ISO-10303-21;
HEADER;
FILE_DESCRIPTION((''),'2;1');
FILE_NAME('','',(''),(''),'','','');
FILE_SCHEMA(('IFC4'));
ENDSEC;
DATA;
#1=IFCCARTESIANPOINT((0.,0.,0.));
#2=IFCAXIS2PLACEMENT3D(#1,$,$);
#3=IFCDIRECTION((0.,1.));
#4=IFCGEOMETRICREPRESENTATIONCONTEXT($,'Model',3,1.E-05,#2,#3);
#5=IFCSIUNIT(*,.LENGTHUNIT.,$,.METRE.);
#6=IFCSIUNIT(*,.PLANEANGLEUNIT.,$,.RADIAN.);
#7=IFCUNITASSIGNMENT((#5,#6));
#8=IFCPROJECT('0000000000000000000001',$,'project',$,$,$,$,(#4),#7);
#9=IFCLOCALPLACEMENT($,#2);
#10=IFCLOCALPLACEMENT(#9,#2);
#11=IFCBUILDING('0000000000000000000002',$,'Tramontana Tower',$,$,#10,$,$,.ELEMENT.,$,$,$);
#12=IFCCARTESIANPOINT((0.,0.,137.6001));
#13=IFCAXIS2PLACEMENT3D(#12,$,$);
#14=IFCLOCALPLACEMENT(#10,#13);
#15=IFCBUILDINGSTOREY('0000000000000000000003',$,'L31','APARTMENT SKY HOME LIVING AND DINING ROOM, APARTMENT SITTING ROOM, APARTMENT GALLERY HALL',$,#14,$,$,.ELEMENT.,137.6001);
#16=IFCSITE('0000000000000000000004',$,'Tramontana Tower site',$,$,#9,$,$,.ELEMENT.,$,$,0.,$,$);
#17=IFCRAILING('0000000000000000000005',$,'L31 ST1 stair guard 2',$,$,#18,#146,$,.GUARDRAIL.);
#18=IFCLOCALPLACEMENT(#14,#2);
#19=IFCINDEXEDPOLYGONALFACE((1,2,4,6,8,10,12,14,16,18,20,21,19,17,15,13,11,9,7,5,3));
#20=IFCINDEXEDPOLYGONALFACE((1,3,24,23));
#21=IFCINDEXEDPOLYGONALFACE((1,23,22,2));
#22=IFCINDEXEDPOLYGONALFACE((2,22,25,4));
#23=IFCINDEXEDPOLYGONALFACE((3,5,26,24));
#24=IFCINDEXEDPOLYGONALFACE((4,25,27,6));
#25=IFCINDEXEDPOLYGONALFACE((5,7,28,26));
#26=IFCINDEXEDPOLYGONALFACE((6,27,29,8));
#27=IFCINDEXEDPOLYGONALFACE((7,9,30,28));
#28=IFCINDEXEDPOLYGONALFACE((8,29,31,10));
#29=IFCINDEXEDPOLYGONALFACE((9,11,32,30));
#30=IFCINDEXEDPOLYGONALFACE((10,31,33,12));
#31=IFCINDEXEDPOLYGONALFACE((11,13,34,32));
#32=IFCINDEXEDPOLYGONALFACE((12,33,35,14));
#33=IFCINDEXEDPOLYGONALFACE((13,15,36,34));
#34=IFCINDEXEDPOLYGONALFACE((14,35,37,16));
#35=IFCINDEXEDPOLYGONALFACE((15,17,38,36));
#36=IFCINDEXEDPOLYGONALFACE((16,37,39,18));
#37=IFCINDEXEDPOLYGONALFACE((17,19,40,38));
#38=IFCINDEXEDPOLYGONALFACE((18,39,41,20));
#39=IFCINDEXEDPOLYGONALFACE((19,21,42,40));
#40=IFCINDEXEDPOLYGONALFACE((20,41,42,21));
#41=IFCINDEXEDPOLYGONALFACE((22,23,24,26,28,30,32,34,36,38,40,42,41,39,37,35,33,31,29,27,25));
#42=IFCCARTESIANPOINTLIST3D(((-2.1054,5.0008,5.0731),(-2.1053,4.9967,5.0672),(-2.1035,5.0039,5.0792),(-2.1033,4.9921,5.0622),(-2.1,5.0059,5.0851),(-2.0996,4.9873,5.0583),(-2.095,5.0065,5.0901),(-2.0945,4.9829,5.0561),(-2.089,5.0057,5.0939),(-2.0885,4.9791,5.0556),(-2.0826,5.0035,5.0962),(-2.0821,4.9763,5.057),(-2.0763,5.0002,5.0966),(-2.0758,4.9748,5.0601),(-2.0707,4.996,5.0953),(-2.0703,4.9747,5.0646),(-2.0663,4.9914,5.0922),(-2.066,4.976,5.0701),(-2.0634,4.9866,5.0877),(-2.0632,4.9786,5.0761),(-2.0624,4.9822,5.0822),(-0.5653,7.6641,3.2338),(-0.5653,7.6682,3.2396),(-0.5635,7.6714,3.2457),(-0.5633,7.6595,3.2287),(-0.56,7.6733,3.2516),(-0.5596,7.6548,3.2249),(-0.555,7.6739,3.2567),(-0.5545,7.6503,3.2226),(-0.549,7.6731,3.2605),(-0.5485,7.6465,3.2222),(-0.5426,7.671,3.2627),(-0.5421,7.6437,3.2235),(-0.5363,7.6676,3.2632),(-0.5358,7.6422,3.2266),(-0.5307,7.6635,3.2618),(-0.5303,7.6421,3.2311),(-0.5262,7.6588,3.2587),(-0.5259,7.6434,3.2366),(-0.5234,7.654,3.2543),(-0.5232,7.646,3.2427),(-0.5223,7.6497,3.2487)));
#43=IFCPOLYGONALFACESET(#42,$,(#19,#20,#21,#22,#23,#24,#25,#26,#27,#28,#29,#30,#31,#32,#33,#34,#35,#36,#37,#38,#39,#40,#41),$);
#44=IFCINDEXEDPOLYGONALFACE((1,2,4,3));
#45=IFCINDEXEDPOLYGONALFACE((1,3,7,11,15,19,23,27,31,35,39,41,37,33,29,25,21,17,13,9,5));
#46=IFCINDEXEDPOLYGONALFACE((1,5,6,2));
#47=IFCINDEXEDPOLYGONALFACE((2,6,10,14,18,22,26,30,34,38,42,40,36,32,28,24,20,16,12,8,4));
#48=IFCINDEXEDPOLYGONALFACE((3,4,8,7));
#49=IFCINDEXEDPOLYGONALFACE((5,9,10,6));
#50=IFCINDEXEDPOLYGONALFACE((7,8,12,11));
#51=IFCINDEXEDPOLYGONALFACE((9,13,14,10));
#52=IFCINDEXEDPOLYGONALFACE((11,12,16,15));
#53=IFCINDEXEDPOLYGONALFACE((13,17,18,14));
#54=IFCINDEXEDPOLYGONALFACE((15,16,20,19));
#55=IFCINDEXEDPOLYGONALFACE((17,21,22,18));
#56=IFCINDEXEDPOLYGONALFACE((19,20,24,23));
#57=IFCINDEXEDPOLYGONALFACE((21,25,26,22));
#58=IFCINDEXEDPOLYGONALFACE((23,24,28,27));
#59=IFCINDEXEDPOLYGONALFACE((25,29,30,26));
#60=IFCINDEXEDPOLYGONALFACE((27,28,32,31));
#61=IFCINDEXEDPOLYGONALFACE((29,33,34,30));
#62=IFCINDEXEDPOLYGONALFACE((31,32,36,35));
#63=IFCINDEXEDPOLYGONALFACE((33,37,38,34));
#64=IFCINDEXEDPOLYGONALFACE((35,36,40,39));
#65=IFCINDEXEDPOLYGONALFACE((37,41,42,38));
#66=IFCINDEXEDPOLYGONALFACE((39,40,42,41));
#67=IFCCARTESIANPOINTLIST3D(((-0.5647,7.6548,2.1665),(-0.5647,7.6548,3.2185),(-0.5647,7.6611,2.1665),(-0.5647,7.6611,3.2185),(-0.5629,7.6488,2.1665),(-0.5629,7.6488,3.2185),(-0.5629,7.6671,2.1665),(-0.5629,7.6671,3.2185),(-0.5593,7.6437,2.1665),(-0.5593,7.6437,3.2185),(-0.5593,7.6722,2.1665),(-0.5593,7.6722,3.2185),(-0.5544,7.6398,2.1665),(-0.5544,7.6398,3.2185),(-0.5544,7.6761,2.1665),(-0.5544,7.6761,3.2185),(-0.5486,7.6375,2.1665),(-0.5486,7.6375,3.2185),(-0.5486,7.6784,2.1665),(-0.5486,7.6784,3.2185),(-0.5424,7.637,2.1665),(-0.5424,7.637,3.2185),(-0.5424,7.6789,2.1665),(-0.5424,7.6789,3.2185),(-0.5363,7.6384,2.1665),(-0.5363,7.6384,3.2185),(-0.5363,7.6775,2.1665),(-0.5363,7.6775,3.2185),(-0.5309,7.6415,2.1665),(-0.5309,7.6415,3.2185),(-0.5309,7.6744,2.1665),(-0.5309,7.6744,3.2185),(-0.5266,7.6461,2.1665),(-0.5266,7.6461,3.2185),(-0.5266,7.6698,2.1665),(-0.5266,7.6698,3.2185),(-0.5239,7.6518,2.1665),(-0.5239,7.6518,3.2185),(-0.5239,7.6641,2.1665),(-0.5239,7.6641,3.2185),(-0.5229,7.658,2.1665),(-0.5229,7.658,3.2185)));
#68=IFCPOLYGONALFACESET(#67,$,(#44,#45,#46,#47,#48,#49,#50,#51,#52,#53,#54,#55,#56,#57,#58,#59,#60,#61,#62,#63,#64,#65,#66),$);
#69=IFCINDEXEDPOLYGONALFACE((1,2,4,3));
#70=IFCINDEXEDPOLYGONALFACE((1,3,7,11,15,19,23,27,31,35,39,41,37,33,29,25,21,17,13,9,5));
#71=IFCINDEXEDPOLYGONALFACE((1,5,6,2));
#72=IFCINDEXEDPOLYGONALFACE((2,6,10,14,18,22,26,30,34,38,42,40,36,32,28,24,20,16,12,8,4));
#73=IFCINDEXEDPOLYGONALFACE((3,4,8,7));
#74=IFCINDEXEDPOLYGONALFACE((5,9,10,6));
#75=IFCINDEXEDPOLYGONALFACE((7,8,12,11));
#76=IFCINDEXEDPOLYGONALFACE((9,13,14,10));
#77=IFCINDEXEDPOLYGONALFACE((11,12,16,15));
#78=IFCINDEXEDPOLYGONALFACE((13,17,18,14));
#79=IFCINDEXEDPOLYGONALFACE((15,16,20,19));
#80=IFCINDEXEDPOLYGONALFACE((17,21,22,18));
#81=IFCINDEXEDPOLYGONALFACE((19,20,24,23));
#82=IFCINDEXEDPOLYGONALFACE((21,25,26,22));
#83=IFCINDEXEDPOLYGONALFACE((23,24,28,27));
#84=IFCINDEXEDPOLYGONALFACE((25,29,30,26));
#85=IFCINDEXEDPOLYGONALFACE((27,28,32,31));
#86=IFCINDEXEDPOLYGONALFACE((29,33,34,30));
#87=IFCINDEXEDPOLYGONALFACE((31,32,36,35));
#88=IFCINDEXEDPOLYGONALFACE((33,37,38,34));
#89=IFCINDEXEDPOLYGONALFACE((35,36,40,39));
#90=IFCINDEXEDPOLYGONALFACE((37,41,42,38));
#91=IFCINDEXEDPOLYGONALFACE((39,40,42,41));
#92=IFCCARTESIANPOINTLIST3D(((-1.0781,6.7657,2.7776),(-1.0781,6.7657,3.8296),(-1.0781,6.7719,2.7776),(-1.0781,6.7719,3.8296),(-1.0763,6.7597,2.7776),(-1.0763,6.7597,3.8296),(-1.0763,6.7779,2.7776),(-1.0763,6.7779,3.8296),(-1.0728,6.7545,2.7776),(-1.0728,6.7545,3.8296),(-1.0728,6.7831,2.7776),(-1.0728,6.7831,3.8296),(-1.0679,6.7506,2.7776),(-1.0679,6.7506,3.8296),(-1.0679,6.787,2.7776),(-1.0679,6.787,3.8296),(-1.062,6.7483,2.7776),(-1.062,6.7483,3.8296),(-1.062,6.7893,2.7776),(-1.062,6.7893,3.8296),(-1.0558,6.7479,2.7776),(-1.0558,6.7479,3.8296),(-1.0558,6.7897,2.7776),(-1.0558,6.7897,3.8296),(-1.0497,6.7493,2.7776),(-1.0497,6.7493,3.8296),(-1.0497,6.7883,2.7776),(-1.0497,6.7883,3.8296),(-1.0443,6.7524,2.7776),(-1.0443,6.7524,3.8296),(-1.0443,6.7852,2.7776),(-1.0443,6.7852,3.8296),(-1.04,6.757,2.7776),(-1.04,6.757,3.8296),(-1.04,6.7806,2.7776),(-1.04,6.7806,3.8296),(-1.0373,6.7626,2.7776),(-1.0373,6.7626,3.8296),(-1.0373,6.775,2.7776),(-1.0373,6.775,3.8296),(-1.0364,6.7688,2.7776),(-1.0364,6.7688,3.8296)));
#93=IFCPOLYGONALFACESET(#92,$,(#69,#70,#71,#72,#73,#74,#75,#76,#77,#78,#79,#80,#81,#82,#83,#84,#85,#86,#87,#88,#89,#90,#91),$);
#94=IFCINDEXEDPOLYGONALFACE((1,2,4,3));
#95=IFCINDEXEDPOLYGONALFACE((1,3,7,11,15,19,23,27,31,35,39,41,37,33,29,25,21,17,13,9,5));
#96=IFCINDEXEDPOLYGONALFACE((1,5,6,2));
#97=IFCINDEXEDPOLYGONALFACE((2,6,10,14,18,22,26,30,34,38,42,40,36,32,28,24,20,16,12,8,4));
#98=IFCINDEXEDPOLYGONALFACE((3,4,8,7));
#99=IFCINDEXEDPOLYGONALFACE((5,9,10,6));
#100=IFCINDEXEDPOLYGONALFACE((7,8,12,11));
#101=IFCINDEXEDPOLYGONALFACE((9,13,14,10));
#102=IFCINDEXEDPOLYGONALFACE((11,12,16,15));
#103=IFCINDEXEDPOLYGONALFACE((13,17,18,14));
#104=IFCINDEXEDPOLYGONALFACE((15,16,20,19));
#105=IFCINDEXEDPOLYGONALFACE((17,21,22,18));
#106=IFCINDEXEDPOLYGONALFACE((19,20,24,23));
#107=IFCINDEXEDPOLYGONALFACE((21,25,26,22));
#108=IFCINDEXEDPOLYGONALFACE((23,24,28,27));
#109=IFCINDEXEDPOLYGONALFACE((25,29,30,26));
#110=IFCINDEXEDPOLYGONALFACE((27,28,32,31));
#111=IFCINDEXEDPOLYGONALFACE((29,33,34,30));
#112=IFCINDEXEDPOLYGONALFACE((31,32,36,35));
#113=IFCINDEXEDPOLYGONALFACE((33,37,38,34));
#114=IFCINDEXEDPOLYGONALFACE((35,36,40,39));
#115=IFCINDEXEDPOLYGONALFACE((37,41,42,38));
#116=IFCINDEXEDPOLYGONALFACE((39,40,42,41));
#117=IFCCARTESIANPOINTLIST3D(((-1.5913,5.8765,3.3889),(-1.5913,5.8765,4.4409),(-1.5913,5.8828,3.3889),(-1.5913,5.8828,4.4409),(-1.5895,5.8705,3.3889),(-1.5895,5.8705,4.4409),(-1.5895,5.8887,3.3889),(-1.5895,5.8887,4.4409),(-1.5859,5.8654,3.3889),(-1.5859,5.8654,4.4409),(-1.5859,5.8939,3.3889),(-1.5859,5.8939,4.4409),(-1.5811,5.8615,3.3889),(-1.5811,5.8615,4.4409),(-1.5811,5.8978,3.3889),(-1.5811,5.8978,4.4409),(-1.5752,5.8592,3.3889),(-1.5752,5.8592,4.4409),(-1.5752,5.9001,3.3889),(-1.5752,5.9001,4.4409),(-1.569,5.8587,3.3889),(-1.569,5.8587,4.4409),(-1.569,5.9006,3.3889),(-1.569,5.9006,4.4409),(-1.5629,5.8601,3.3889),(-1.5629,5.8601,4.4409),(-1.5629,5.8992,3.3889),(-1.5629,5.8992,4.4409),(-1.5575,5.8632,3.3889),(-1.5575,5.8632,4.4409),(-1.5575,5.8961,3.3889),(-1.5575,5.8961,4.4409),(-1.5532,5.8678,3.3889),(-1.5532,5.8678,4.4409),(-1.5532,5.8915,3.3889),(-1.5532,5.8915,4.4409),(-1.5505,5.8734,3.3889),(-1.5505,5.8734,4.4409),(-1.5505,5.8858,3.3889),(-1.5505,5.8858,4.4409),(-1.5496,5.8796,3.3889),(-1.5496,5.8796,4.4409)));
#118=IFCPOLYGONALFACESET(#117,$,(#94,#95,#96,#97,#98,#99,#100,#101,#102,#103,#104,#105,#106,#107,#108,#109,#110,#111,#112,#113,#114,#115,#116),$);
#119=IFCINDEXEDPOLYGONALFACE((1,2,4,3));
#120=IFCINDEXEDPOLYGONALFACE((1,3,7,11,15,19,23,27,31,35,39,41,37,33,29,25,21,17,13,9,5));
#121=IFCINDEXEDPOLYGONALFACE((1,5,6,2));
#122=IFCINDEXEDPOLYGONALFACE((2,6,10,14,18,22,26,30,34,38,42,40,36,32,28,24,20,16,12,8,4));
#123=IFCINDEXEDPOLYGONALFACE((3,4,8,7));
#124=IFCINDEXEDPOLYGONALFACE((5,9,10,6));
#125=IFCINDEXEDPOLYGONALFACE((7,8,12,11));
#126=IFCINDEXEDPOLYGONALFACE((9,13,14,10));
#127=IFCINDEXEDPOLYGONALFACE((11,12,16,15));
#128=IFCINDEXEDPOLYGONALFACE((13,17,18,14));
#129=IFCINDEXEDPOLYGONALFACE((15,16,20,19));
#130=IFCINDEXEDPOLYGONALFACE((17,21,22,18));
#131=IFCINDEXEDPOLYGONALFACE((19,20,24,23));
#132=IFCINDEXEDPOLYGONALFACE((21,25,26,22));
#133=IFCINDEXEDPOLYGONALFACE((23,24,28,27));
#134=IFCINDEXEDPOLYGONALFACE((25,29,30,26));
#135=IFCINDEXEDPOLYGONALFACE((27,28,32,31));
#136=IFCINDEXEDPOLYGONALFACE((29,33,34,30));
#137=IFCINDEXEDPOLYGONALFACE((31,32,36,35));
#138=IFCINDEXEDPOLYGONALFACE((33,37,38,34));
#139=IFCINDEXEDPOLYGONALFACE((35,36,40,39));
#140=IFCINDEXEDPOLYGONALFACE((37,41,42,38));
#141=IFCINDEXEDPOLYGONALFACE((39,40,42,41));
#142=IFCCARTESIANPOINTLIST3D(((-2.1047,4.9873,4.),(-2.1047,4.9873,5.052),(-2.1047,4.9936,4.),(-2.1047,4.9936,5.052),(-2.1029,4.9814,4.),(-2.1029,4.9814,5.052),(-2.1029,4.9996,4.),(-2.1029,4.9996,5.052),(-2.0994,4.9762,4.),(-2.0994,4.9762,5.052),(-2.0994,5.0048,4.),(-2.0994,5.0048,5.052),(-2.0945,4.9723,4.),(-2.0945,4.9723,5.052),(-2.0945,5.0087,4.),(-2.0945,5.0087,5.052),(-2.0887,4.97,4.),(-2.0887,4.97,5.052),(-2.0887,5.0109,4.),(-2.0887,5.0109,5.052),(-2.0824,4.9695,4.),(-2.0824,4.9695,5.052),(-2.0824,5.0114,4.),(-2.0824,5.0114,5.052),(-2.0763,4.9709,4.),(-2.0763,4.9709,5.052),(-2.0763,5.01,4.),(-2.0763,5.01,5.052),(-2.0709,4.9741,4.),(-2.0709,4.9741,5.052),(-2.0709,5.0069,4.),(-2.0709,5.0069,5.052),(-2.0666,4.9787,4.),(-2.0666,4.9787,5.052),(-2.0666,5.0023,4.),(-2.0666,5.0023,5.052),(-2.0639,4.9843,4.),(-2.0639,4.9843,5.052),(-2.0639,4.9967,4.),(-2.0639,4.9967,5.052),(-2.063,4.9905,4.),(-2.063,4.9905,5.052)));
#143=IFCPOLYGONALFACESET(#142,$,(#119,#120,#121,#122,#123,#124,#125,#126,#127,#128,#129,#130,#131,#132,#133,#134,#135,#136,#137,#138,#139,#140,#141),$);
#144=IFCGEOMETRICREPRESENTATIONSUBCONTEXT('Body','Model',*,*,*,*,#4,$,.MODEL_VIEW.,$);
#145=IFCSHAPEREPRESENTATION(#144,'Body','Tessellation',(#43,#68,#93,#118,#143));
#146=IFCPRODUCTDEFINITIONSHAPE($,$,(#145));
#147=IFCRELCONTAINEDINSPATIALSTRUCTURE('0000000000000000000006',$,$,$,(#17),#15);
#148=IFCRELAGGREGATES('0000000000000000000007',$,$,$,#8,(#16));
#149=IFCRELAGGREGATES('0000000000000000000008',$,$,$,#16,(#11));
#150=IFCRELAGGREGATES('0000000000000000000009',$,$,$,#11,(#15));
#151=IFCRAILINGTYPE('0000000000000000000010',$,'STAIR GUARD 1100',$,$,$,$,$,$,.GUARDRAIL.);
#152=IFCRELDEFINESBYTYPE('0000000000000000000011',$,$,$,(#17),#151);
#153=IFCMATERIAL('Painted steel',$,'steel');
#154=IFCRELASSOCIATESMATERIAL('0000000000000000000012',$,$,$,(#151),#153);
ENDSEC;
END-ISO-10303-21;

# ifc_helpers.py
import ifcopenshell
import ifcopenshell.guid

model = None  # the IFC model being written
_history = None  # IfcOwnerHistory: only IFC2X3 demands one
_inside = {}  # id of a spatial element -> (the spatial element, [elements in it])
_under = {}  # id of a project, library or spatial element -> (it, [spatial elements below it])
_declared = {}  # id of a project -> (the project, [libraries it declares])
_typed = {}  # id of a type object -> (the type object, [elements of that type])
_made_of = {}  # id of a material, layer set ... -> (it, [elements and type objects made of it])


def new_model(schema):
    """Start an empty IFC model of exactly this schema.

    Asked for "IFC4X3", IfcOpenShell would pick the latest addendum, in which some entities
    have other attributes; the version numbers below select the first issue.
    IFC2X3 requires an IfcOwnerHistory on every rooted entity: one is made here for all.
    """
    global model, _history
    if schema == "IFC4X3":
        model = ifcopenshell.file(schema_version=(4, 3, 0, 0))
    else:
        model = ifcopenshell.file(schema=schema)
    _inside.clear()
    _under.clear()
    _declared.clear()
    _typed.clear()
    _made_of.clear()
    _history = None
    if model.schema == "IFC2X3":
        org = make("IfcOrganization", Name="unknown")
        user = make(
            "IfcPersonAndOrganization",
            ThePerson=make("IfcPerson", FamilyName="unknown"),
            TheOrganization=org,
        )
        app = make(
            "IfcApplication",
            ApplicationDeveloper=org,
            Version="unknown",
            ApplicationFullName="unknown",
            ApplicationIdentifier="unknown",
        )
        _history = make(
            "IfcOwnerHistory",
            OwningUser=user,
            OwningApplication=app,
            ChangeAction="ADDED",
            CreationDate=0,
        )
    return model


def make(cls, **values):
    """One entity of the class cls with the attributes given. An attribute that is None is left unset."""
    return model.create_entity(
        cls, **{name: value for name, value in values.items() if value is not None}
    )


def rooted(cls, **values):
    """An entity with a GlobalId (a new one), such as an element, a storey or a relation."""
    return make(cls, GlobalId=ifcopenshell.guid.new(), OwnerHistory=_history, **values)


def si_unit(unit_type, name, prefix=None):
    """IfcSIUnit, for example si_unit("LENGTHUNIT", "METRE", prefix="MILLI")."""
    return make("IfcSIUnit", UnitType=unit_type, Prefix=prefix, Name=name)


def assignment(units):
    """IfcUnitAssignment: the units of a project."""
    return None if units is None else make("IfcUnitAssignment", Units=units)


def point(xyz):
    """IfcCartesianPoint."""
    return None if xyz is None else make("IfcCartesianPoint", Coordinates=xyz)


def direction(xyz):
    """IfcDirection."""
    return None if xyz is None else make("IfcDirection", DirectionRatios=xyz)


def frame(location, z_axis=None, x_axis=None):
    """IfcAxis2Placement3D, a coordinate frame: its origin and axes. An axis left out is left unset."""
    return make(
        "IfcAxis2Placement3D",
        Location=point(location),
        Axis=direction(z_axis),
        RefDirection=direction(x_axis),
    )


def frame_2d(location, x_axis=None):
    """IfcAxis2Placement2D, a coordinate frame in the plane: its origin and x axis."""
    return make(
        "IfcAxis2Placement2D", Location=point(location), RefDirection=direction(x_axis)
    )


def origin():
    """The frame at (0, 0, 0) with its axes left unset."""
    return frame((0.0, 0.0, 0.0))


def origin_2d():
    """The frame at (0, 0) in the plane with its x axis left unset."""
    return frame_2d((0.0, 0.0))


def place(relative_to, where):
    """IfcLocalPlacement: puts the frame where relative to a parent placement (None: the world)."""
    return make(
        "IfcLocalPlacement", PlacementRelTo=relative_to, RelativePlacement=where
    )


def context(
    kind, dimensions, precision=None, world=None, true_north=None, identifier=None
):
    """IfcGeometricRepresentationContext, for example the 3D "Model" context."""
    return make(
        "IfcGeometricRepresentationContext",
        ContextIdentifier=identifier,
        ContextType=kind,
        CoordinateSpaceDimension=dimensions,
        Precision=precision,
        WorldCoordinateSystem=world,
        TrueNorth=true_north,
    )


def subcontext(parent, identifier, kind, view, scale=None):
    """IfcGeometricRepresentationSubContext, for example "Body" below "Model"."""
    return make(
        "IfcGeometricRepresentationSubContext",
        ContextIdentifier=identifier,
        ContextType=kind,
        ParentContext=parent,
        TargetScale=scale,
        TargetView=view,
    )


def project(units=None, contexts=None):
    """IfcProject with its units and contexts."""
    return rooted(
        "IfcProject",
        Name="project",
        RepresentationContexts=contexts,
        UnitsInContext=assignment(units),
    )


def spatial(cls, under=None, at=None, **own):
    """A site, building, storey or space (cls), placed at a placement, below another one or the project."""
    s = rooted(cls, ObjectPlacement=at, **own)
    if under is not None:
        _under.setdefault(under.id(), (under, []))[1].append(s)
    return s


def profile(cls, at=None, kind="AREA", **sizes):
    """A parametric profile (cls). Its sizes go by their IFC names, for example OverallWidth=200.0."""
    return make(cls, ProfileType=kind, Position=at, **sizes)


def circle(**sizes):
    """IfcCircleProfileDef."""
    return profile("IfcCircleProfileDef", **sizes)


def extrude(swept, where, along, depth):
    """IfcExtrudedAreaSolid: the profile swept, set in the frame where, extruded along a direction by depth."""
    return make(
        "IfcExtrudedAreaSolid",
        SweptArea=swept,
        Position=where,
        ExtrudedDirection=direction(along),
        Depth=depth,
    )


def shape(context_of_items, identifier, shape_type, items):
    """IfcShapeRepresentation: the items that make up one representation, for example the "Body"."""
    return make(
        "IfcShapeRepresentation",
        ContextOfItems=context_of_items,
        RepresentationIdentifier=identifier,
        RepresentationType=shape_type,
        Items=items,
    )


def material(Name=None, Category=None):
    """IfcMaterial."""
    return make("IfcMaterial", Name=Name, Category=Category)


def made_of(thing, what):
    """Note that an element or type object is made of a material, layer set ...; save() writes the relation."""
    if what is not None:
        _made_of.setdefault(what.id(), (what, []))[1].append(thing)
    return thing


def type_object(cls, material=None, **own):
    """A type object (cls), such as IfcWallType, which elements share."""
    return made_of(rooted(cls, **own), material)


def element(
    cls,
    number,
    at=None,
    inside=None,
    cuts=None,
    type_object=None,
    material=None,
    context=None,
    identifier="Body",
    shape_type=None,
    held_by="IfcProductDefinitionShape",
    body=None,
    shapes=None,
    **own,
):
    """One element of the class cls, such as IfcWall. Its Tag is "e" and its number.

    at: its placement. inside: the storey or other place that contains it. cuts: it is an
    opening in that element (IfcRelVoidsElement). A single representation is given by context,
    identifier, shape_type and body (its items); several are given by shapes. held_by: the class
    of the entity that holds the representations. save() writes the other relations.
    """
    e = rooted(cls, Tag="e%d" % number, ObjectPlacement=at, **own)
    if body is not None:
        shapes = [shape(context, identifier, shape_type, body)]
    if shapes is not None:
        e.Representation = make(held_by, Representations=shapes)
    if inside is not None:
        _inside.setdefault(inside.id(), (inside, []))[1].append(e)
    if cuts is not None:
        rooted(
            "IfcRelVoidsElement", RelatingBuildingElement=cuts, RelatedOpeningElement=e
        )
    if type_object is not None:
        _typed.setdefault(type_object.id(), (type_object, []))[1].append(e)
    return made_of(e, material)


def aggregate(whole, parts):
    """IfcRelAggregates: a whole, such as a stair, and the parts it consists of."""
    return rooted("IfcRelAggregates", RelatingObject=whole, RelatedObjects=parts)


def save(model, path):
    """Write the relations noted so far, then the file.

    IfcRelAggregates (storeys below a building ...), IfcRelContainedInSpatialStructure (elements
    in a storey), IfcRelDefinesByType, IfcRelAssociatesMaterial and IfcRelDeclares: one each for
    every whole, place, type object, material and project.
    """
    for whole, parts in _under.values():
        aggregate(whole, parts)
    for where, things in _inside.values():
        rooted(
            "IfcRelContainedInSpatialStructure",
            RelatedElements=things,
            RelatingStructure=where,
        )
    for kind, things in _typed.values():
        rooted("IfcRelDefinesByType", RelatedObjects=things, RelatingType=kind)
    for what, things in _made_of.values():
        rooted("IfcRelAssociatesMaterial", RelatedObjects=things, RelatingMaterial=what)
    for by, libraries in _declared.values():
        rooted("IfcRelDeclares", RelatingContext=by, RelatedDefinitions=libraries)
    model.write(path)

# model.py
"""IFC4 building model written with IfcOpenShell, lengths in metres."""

from ifc_helpers import new_model, si_unit, direction, frame, origin, origin_2d, place, context, subcontext, project, spatial, circle, extrude, material, type_object, element, save


model = new_model("IFC4")

# Units and contexts
model_context = context("Model", 3, precision=1e-05, world=origin(), true_north=direction((0.0, 1.0)))
body_context = subcontext(model_context, "Body", "Model", "MODEL_VIEW")
ifc_project = project(units=[si_unit("LENGTHUNIT", "METRE"), si_unit("PLANEANGLEUNIT", "RADIAN")], contexts=[model_context])

# Site, building, storey
site_placement = place(None, origin())
site = spatial("IfcSite", under=ifc_project, at=site_placement, Name="Tramontana Tower site", CompositionType="ELEMENT", RefElevation=0.0)
building_placement = place(site_placement, origin())
building = spatial("IfcBuilding", under=site, at=building_placement, Name="Tramontana Tower", CompositionType="ELEMENT")
storey_placement = place(building_placement, frame((0.0, 0.0, 137.6001)))
storey = spatial("IfcBuildingStorey", under=building, at=storey_placement, Name="L31", Description="APARTMENT SKY HOME LIVING AND DINING ROOM, APARTMENT SITTING ROOM, APARTMENT GALLERY HALL", CompositionType="ELEMENT", Elevation=137.6001)

# Railing
ifc_material_1 = material(Name="Painted steel", Category="steel")
railing_type_1 = type_object("IfcRailingType", Name="STAIR GUARD 1100", PredefinedType="GUARDRAIL", material=ifc_material_1)
railing_1_placement = place(storey_placement, frame((-0.5439, 7.658, 2.1665)))
element("IfcRailing", 1, at=railing_1_placement, inside=storey, type_object=railing_type_1, Name="L31 ST1 stair guard 2", PredefinedType="GUARDRAIL", context=body_context, shape_type="SweptSolid", body=[
    extrude(circle(Radius=0.0239, at=origin_2d()), frame((0.0, 0.0, 1.0762), z_axis=(-0.429634, -0.744164, 0.511502), x_axis=(0.86603, -0.499992, 0.0)), (0.0, 0.0, 1.0), 3.5845),
    extrude(circle(Radius=0.021, at=origin_2d()), origin(), (0.0, 0.0, 1.0), 1.052),
    extrude(circle(Radius=0.021, at=origin_2d()), frame((-0.5134, -0.8892, 0.6111)), (0.0, 0.0, 1.0), 1.052),
    extrude(circle(Radius=0.021, at=origin_2d()), frame((-1.0266, -1.7783, 1.2224)), (0.0, 0.0, 1.0), 1.052),
    extrude(circle(Radius=0.021, at=origin_2d()), frame((-1.54, -2.6675, 1.8335)), (0.0, 0.0, 1.0), 1.052),
])

save(model, "model.ifc")
